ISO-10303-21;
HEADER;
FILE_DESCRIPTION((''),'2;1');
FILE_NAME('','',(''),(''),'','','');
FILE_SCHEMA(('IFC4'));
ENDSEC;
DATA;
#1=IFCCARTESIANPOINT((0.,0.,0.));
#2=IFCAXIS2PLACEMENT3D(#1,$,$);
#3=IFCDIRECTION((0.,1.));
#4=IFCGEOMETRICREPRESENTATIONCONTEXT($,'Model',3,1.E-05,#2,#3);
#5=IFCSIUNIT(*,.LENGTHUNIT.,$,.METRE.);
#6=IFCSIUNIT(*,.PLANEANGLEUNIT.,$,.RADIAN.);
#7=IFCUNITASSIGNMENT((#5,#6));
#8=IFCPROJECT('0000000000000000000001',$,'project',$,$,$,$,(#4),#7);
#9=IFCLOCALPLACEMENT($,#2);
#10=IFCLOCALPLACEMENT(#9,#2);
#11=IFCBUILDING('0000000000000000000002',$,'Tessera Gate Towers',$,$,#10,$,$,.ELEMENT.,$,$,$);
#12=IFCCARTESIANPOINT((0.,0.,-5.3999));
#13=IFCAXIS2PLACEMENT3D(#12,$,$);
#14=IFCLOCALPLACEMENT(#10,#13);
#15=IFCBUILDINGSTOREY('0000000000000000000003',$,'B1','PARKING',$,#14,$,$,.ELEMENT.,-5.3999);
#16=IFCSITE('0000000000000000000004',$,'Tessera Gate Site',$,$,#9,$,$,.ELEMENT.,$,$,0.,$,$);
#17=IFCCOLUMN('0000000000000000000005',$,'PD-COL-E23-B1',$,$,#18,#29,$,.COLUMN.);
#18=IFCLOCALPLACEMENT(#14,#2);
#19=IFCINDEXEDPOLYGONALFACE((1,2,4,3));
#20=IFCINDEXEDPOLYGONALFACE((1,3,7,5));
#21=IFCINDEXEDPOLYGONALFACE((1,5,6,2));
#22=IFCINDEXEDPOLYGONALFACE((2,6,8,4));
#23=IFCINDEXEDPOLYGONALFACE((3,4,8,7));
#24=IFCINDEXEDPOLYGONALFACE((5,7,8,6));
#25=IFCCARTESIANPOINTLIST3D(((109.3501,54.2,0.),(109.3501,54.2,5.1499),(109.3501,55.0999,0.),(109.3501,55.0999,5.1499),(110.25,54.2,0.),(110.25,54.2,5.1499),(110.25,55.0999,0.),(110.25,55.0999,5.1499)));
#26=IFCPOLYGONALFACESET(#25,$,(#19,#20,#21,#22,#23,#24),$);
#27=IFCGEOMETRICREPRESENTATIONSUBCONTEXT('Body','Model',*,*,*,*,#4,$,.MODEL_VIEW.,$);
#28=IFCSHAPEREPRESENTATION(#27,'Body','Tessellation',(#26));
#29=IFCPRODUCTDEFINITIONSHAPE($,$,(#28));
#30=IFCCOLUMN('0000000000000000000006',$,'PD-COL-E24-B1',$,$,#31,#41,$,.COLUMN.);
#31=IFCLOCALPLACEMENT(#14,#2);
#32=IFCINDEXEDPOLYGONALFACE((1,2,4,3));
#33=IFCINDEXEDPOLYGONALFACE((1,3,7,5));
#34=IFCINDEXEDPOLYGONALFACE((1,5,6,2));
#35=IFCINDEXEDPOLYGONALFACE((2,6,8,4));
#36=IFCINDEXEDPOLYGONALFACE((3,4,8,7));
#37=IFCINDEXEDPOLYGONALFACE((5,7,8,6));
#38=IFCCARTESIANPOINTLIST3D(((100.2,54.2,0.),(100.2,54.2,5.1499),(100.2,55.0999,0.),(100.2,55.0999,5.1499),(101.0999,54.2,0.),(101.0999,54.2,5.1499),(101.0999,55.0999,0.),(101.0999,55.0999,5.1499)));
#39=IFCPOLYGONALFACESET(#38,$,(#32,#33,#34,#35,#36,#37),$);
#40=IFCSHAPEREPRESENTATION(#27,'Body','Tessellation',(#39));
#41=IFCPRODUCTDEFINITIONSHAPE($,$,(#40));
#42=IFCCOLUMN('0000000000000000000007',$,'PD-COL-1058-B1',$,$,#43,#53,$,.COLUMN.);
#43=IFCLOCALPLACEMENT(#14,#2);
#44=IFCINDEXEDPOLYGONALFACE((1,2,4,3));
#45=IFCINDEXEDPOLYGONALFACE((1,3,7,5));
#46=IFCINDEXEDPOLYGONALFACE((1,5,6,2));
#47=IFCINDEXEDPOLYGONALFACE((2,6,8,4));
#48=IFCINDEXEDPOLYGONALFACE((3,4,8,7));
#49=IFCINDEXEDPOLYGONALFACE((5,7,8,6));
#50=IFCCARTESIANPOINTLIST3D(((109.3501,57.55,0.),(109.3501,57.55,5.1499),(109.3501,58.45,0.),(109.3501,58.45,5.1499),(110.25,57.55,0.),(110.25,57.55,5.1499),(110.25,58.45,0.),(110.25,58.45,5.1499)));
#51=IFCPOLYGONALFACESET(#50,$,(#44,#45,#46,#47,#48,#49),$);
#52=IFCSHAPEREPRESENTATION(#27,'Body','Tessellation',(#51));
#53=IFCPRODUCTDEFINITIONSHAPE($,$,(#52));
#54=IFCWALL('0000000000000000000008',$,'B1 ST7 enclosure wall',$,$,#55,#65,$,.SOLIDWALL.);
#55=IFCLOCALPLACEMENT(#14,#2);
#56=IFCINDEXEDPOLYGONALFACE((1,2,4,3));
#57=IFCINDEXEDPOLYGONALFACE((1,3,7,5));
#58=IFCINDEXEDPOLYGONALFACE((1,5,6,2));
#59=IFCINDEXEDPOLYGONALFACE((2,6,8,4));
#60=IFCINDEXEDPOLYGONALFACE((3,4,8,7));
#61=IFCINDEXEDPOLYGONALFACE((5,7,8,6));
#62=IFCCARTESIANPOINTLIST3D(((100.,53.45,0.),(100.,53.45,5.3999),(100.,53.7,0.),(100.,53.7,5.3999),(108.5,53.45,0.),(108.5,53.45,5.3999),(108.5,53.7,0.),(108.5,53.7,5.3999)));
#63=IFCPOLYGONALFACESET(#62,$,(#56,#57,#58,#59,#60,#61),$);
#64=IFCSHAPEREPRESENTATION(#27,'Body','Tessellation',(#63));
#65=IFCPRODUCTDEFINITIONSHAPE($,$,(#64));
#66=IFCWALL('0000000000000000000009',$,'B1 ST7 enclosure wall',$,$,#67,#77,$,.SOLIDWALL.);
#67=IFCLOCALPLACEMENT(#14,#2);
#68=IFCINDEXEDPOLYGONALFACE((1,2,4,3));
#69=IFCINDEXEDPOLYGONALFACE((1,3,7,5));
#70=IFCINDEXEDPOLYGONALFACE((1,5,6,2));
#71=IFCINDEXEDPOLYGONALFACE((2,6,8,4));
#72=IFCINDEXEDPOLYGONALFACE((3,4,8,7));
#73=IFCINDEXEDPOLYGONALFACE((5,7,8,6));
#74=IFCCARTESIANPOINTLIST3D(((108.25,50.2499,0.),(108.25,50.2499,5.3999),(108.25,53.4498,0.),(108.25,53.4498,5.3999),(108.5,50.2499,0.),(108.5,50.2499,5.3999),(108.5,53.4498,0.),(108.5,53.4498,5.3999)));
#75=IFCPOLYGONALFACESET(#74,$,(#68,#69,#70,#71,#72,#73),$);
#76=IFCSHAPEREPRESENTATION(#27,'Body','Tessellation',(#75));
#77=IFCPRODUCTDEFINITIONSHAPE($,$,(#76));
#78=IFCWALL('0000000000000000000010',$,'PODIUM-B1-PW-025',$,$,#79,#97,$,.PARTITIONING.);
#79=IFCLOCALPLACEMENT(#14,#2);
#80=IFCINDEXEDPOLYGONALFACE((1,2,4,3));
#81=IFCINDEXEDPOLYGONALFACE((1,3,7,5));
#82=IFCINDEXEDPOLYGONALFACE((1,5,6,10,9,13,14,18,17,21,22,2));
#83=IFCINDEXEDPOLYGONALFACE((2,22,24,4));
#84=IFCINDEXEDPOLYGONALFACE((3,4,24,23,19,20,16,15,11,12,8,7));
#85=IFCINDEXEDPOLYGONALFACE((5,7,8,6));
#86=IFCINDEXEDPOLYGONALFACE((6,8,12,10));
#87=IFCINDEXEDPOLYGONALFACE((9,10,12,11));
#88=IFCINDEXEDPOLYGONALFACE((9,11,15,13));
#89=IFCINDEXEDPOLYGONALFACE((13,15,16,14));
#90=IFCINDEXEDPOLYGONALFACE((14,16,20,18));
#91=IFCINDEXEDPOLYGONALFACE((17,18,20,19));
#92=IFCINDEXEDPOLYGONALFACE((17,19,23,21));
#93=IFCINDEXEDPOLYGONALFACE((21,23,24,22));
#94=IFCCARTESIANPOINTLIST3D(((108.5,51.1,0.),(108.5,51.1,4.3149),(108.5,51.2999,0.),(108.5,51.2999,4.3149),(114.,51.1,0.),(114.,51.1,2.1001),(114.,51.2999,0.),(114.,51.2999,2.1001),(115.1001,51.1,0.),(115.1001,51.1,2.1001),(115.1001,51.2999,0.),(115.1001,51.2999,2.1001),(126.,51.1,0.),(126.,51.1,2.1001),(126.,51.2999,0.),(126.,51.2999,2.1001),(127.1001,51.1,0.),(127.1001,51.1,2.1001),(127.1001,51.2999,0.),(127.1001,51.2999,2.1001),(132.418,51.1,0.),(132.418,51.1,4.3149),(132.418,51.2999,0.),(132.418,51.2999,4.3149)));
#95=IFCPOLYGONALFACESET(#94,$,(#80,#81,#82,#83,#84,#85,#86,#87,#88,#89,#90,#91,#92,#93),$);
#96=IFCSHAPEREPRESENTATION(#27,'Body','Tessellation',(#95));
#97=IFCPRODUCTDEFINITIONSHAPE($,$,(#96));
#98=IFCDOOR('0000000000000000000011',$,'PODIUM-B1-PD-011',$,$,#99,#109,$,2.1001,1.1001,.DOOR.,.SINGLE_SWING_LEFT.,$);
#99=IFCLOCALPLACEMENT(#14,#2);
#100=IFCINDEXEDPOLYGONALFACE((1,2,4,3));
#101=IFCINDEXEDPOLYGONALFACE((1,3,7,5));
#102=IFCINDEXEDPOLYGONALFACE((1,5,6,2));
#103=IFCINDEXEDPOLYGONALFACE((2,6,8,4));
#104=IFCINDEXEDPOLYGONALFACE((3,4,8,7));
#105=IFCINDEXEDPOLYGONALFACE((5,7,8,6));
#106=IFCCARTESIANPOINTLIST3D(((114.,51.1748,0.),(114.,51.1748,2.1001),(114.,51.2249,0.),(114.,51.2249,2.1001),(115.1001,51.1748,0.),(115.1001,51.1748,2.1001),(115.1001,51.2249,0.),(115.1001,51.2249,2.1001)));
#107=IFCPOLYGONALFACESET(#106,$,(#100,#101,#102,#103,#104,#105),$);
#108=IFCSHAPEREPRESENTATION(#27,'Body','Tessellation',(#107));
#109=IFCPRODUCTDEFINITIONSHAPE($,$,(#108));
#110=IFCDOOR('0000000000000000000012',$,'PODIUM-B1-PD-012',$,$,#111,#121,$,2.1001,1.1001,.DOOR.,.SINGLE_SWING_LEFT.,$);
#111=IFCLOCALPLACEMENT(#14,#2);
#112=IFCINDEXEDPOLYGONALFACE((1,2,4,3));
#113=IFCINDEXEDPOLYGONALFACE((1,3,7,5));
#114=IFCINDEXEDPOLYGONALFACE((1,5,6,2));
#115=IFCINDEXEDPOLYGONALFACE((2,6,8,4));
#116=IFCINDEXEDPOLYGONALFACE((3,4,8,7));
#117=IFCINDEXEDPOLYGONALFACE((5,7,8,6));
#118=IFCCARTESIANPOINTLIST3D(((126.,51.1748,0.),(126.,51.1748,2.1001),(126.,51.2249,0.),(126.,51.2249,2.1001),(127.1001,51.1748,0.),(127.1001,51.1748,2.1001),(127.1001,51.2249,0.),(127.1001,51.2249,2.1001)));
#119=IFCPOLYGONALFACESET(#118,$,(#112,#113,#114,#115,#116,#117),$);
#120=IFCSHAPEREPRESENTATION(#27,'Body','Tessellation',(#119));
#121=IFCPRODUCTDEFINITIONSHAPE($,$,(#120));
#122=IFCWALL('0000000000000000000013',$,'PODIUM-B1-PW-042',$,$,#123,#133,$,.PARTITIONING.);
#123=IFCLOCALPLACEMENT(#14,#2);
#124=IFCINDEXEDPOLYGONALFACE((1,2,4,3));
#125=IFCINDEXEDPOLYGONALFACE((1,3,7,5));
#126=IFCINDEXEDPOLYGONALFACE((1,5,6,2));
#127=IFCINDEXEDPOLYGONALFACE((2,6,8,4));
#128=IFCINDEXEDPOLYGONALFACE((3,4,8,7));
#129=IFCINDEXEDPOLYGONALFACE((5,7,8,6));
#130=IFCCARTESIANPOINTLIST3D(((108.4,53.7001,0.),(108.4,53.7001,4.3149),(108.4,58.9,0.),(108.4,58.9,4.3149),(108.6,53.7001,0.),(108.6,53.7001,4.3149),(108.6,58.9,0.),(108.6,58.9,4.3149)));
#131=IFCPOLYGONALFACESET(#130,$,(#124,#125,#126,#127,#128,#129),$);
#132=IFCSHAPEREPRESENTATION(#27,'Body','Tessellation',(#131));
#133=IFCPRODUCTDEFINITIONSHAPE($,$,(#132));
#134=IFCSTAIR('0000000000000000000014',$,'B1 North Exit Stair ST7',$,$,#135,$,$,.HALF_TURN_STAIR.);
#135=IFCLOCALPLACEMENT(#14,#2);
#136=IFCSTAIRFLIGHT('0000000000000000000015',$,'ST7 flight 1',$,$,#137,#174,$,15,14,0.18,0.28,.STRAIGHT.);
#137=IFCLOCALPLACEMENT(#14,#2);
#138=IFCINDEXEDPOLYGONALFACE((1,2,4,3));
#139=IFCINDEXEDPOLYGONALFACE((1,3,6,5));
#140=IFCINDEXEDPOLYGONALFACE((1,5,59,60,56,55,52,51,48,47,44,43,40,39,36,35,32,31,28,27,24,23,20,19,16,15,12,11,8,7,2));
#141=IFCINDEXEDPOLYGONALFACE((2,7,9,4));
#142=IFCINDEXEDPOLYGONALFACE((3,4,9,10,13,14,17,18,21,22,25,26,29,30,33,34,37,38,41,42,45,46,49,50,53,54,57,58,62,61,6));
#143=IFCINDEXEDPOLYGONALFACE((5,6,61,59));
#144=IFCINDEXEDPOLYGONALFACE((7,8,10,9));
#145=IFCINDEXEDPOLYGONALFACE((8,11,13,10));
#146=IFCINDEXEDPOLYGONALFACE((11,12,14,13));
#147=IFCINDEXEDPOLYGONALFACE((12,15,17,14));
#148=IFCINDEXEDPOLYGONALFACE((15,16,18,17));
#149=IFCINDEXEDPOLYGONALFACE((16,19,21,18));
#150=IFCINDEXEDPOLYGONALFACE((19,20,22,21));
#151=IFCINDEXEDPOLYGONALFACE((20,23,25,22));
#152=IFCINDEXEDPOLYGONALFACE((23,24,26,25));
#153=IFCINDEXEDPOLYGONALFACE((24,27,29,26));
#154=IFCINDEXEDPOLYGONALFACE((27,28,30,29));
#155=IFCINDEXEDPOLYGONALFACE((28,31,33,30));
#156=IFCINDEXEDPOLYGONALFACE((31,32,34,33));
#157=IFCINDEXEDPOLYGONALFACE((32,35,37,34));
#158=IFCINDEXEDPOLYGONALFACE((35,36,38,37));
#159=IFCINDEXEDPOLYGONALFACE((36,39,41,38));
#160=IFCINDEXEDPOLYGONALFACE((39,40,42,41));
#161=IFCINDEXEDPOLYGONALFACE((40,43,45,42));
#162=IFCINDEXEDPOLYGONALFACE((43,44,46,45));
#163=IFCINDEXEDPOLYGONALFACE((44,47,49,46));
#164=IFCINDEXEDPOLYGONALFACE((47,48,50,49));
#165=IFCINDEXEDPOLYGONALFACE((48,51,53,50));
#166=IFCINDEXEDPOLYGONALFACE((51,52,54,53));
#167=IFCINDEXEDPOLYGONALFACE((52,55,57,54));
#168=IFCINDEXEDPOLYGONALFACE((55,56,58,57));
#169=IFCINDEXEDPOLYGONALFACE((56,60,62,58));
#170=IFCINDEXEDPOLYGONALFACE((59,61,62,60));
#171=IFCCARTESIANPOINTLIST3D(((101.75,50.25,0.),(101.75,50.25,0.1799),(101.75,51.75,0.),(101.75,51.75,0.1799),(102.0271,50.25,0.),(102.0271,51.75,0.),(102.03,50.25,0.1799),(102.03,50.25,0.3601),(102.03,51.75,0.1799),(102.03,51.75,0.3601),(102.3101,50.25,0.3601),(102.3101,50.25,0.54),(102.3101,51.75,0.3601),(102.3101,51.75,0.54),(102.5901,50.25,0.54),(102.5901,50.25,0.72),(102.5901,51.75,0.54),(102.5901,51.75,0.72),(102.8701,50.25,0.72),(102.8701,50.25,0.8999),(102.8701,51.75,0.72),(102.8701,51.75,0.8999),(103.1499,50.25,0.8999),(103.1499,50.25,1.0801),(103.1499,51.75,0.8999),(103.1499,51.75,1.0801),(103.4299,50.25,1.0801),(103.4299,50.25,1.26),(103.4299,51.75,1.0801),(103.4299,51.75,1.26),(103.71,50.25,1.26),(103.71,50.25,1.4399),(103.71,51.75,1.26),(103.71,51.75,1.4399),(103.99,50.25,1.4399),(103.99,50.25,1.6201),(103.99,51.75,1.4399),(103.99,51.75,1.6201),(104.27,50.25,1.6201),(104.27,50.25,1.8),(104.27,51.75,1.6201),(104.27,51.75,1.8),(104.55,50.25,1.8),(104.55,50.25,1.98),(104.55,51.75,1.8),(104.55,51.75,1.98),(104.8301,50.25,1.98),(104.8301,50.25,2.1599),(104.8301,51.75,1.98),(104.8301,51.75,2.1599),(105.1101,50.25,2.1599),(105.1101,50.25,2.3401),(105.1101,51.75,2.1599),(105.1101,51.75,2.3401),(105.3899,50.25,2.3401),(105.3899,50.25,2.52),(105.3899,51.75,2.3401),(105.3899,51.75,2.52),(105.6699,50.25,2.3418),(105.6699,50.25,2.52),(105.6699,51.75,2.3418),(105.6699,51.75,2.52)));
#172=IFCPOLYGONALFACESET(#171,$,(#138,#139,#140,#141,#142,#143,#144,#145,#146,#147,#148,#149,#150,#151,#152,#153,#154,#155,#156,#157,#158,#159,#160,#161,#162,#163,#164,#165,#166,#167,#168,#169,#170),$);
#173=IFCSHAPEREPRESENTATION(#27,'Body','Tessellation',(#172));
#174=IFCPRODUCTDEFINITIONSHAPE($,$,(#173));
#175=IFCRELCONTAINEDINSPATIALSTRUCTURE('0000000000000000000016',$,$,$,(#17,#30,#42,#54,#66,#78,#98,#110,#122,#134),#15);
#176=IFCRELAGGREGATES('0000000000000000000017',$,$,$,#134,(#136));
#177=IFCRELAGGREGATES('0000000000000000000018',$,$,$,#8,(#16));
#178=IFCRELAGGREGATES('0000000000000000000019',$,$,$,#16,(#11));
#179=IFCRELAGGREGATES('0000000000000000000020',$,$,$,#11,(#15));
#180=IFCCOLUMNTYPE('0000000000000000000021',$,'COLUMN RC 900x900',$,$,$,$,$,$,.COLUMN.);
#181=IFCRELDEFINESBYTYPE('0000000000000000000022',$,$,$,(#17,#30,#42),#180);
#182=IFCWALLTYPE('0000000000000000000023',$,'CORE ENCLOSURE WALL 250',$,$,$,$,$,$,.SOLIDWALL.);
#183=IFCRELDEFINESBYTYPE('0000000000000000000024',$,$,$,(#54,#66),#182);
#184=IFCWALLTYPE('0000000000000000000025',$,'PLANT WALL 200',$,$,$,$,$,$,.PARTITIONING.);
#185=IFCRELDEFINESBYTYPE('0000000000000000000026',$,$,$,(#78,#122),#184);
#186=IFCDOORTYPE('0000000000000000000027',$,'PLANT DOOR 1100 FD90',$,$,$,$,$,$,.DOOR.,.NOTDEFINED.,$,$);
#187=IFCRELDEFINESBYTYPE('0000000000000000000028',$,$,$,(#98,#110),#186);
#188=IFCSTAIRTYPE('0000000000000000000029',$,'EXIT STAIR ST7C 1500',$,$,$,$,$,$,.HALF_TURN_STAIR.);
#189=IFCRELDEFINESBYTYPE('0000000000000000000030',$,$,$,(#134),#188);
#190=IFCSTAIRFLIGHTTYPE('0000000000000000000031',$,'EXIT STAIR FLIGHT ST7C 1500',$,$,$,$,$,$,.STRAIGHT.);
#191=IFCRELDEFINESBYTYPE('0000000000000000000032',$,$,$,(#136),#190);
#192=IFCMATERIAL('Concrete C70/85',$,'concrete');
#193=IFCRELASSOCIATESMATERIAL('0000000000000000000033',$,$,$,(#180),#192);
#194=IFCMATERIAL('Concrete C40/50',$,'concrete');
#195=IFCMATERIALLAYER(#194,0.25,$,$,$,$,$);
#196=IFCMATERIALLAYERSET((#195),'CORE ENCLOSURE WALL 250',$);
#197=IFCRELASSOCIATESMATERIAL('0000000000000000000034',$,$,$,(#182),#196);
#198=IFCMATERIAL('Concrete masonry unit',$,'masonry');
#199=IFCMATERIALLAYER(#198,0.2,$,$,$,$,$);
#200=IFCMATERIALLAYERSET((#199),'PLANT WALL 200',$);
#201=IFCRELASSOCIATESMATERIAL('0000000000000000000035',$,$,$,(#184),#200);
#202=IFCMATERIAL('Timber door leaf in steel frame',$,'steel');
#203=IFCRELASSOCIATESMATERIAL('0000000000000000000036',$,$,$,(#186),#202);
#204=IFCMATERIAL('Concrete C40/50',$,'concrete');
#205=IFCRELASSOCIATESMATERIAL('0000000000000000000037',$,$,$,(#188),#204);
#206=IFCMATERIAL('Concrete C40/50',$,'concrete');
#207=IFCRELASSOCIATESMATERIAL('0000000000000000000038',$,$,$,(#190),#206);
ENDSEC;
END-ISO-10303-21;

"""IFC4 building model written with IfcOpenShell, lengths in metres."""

from ifc_helpers import new_model, si_unit, direction, frame, frame_2d, origin, origin_2d, place, context, subcontext, project, spatial, polyline, rectangle, outline, extrude, source, transform, mapped, material, layer, layer_set, material_profile, profile_set, type_object, element, fill, aggregate, save


model = new_model("IFC4")

# Units and contexts
model_context = context("Model", 3, precision=1e-05, world=origin(), true_north=direction((0.0, 1.0)))
body_context = subcontext(model_context, "Body", "Model", "MODEL_VIEW")
ifc_project = project(units=[si_unit("LENGTHUNIT", "METRE"), si_unit("PLANEANGLEUNIT", "RADIAN")], contexts=[model_context])

# Site, building, storey
site_placement = place(None, origin())
site = spatial("IfcSite", under=ifc_project, at=site_placement, Name="Tessera Gate Site", CompositionType="ELEMENT", RefElevation=0.0)
building_placement = place(site_placement, origin())
building = spatial("IfcBuilding", under=site, at=building_placement, Name="Tessera Gate Towers", CompositionType="ELEMENT")
storey_placement = place(building_placement, frame((0.0, 0.0, -5.3999)))
storey = spatial("IfcBuildingStorey", under=building, at=storey_placement, Name="B1", Description="PARKING", CompositionType="ELEMENT", Elevation=-5.3999)

# Columns
ifc_material_1 = material(Name="Concrete C70/85", Category="concrete")
ifc_material_profile_1 = material_profile(ifc_material_1, rectangle(XDim=0.8999, YDim=0.8999, at=origin_2d()), Name="RC 900x900")
ifc_profile_set_1 = profile_set([ifc_material_profile_1], Name="Concrete C70/85")
column_type = type_object("IfcColumnType", Name="COLUMN RC 900x900", PredefinedType="COLUMN", material=ifc_profile_set_1)
for number, where, z_axis, x_axis, name in (
    (1, (109.8, 54.6499, 0.0), (0.0, 0.0, 1.0), (1.0, 0.0, 0.0), "PD-COL-E23-B1"),
    (2, (100.6499, 54.6499, 0.0), (0.0, 0.0, 1.0), (1.0, 0.0, 0.0), "PD-COL-E24-B1"),
    (3, (109.8, 58.0, 0.0), (0.0, 0.0, 1.0), (1.0, 0.0, 0.0), "PD-COL-1058-B1"),
):
    element("IfcColumn", number, at=place(storey_placement, frame(where, z_axis=z_axis, x_axis=x_axis)), inside=storey, type_object=column_type, Name=name, PredefinedType="COLUMN", context=body_context, shape_type="SweptSolid", body=[
        extrude(rectangle(XDim=0.8999, YDim=0.8999, at=origin_2d()), origin(), (0.0, 0.0, 1.0), 5.1499),
    ])

# Walls
ifc_material_2 = material(Name="Concrete C40/50", Category="concrete")
ifc_layer_1 = layer(ifc_material_2, 0.25)
ifc_layer_set_1 = layer_set([ifc_layer_1], Name="CORE ENCLOSURE WALL 250")
wall_type_1 = type_object("IfcWallType", Name="CORE ENCLOSURE WALL 250", PredefinedType="SOLIDWALL", material=ifc_layer_set_1)
wall_1_placement = place(storey_placement, frame((100.0, 53.575, 0.0), z_axis=(0.0, 0.0, 1.0), x_axis=(1.0, 0.0, 0.0)))
element("IfcWall", 4, at=wall_1_placement, inside=storey, type_object=wall_type_1, Name="B1 ST7 enclosure wall", PredefinedType="SOLIDWALL", context=body_context, shape_type="SweptSolid", body=[
    extrude(rectangle(XDim=8.5, YDim=0.25, at=frame_2d((4.25, 0.0))), origin(), (0.0, 0.0, 1.0), 5.3999),
])
wall_2_placement = place(storey_placement, frame((108.375, 53.45, 0.0), z_axis=(0.0, 0.0, 1.0), x_axis=(0.0, -1.0, 0.0)))
element("IfcWall", 5, at=wall_2_placement, inside=storey, type_object=wall_type_1, Name="B1 ST7 enclosure wall", PredefinedType="SOLIDWALL", context=body_context, shape_type="SweptSolid", body=[
    extrude(rectangle(XDim=3.2, YDim=0.25, at=frame_2d((1.6001, 0.0))), origin(), (0.0, 0.0, 1.0), 5.3999),
])

# Wall, openings, doors
ifc_material_3 = material(Name="Concrete masonry unit", Category="masonry")
ifc_layer_2 = layer(ifc_material_3, 0.2)
ifc_layer_set_2 = layer_set([ifc_layer_2], Name="PLANT WALL 200")
wall_type_2 = type_object("IfcWallType", Name="PLANT WALL 200", PredefinedType="PARTITIONING", material=ifc_layer_set_2)
wall_3_placement = place(storey_placement, frame((108.5, 51.2, 0.0), z_axis=(0.0, 0.0, 1.0), x_axis=(1.0, 0.0, 0.0)))
wall_3 = element("IfcWall", 6, at=wall_3_placement, inside=storey, type_object=wall_type_2, Name="PODIUM-B1-PW-025", PredefinedType="PARTITIONING", context=body_context, shape_type="SweptSolid", body=[
    extrude(rectangle(XDim=23.918, YDim=0.2, at=frame_2d((11.959, 0.0))), origin(), (0.0, 0.0, 1.0), 4.3149),
])
shared_shape_1 = source(origin(), body_context, "Body", "SweptSolid", [
    extrude(rectangle(XDim=1.1001, YDim=2.1001, at=frame_2d((0.55, 1.05))), frame((0.0, 0.1099, 0.0), z_axis=(0.0, -1.0, 0.0), x_axis=(1.0, 0.0, 0.0)), (0.0, 0.0, 1.0), 0.22),
])
opening_1_placement = place(wall_3_placement, frame((5.5, 0.0, 0.0)))
opening_1 = element("IfcOpeningElement", 7, at=opening_1_placement, cuts=wall_3, PredefinedType="OPENING", context=body_context, shape_type="MappedRepresentation", body=[
    mapped(shared_shape_1, transform((0.0, 0.0, 0.0), scale=1.0)),
])
opening_2_placement = place(wall_3_placement, frame((17.5, 0.0, 0.0)))
opening_2 = element("IfcOpeningElement", 8, at=opening_2_placement, cuts=wall_3, PredefinedType="OPENING", context=body_context, shape_type="MappedRepresentation", body=[
    mapped(shared_shape_1, transform((0.0, 0.0, 0.0), scale=1.0)),
])
ifc_material_4 = material(Name="Timber door leaf in steel frame", Category="steel")
door_type = type_object("IfcDoorType", Name="PLANT DOOR 1100 FD90", OperationType="NOTDEFINED", PredefinedType="DOOR", material=ifc_material_4)
shared_shape_2 = source(origin(), body_context, "Body", "SweptSolid", [
    extrude(rectangle(XDim=1.1001, YDim=2.1001, at=frame_2d((0.55, 1.05))), frame((0.0, 0.0249, 0.0), z_axis=(0.0, -1.0, 0.0), x_axis=(1.0, 0.0, 0.0)), (0.0, 0.0, 1.0), 0.05),
])
door_1_placement = place(opening_1_placement, origin())
door_1 = element("IfcDoor", 9, at=door_1_placement, inside=storey, type_object=door_type, Name="PODIUM-B1-PD-011", OperationType="SINGLE_SWING_LEFT", OverallHeight=2.1001, OverallWidth=1.1001, PredefinedType="DOOR", context=body_context, shape_type="MappedRepresentation", body=[
    mapped(shared_shape_2, transform((0.0, 0.0, 0.0), scale=1.0)),
])
fill(opening_1, door_1)
door_2_placement = place(opening_2_placement, origin())
door_2 = element("IfcDoor", 10, at=door_2_placement, inside=storey, type_object=door_type, Name="PODIUM-B1-PD-012", OperationType="SINGLE_SWING_LEFT", OverallHeight=2.1001, OverallWidth=1.1001, PredefinedType="DOOR", context=body_context, shape_type="MappedRepresentation", body=[
    mapped(shared_shape_2, transform((0.0, 0.0, 0.0), scale=1.0)),
])
fill(opening_2, door_2)

# Wall
wall_4_placement = place(storey_placement, frame((108.5, 53.7, 0.0), z_axis=(0.0, 0.0, 1.0), x_axis=(0.0, 1.0, 0.0)))
element("IfcWall", 11, at=wall_4_placement, inside=storey, type_object=wall_type_2, Name="PODIUM-B1-PW-042", PredefinedType="PARTITIONING", context=body_context, shape_type="SweptSolid", body=[
    extrude(rectangle(XDim=5.2, YDim=0.2, at=frame_2d((2.6001, 0.0))), origin(), (0.0, 0.0, 1.0), 4.3149),
])

# Stair, stair flight
ifc_material_5 = material(Name="Concrete C40/50", Category="concrete")
stair_type = type_object("IfcStairType", Name="EXIT STAIR ST7C 1500", PredefinedType="HALF_TURN_STAIR", material=ifc_material_5)
stair_placement = place(storey_placement, origin())
stair = element("IfcStair", 12, at=stair_placement, inside=storey, type_object=stair_type, Name="B1 North Exit Stair ST7", PredefinedType="HALF_TURN_STAIR")
ifc_material_6 = material(Name="Concrete C40/50", Category="concrete")
stair_flight_type = type_object("IfcStairFlightType", Name="EXIT STAIR FLIGHT ST7C 1500", PredefinedType="STRAIGHT", material=ifc_material_6)
stair_flight_1_placement = place(storey_placement, frame((101.75, 51.0, 0.0), z_axis=(0.0, 0.0, 1.0), x_axis=(1.0, 0.0, 0.0)))
stair_flight_1 = element("IfcStairFlight", 13, at=stair_flight_1_placement, type_object=stair_flight_type, Name="ST7 flight 1", NumberOfRisers=15, NumberOfTreads=14, PredefinedType="STRAIGHT", RiserHeight=0.18, TreadLength=0.28, context=body_context, shape_type="SweptSolid", body=[
    extrude(outline(polyline([(0.0, 0.0), (0.0, 0.1799), (0.28, 0.1799), (0.28, 0.3601), (0.5601, 0.3601), (0.5601, 0.54), (0.8401, 0.54), (0.8401, 0.72), (1.1201, 0.72), (1.1201, 0.8999), (1.3999, 0.8999), (1.3999, 1.0801), (1.6799, 1.0801), (1.6799, 1.26), (1.96, 1.26), (1.96, 1.4399), (2.24, 1.4399), (2.24, 1.6201), (2.52, 1.6201), (2.52, 1.8), (2.8, 1.8), (2.8, 1.98), (3.0801, 1.98), (3.0801, 2.1599), (3.3601, 2.1599), (3.3601, 2.3401), (3.6399, 2.3401), (3.6399, 2.52), (3.9199, 2.52), (3.9199, 2.7), (3.9199, 2.3418), (0.2771, 0.0), (0.0, 0.0)])), frame((0.0, 0.75, 0.0), z_axis=(0.0, -1.0, 0.0), x_axis=(1.0, 0.0, 0.0)), (0.0, 0.0, 1.0), 1.5),
])
aggregate(stair, [stair_flight_1])

save(model, "model.ifc")
